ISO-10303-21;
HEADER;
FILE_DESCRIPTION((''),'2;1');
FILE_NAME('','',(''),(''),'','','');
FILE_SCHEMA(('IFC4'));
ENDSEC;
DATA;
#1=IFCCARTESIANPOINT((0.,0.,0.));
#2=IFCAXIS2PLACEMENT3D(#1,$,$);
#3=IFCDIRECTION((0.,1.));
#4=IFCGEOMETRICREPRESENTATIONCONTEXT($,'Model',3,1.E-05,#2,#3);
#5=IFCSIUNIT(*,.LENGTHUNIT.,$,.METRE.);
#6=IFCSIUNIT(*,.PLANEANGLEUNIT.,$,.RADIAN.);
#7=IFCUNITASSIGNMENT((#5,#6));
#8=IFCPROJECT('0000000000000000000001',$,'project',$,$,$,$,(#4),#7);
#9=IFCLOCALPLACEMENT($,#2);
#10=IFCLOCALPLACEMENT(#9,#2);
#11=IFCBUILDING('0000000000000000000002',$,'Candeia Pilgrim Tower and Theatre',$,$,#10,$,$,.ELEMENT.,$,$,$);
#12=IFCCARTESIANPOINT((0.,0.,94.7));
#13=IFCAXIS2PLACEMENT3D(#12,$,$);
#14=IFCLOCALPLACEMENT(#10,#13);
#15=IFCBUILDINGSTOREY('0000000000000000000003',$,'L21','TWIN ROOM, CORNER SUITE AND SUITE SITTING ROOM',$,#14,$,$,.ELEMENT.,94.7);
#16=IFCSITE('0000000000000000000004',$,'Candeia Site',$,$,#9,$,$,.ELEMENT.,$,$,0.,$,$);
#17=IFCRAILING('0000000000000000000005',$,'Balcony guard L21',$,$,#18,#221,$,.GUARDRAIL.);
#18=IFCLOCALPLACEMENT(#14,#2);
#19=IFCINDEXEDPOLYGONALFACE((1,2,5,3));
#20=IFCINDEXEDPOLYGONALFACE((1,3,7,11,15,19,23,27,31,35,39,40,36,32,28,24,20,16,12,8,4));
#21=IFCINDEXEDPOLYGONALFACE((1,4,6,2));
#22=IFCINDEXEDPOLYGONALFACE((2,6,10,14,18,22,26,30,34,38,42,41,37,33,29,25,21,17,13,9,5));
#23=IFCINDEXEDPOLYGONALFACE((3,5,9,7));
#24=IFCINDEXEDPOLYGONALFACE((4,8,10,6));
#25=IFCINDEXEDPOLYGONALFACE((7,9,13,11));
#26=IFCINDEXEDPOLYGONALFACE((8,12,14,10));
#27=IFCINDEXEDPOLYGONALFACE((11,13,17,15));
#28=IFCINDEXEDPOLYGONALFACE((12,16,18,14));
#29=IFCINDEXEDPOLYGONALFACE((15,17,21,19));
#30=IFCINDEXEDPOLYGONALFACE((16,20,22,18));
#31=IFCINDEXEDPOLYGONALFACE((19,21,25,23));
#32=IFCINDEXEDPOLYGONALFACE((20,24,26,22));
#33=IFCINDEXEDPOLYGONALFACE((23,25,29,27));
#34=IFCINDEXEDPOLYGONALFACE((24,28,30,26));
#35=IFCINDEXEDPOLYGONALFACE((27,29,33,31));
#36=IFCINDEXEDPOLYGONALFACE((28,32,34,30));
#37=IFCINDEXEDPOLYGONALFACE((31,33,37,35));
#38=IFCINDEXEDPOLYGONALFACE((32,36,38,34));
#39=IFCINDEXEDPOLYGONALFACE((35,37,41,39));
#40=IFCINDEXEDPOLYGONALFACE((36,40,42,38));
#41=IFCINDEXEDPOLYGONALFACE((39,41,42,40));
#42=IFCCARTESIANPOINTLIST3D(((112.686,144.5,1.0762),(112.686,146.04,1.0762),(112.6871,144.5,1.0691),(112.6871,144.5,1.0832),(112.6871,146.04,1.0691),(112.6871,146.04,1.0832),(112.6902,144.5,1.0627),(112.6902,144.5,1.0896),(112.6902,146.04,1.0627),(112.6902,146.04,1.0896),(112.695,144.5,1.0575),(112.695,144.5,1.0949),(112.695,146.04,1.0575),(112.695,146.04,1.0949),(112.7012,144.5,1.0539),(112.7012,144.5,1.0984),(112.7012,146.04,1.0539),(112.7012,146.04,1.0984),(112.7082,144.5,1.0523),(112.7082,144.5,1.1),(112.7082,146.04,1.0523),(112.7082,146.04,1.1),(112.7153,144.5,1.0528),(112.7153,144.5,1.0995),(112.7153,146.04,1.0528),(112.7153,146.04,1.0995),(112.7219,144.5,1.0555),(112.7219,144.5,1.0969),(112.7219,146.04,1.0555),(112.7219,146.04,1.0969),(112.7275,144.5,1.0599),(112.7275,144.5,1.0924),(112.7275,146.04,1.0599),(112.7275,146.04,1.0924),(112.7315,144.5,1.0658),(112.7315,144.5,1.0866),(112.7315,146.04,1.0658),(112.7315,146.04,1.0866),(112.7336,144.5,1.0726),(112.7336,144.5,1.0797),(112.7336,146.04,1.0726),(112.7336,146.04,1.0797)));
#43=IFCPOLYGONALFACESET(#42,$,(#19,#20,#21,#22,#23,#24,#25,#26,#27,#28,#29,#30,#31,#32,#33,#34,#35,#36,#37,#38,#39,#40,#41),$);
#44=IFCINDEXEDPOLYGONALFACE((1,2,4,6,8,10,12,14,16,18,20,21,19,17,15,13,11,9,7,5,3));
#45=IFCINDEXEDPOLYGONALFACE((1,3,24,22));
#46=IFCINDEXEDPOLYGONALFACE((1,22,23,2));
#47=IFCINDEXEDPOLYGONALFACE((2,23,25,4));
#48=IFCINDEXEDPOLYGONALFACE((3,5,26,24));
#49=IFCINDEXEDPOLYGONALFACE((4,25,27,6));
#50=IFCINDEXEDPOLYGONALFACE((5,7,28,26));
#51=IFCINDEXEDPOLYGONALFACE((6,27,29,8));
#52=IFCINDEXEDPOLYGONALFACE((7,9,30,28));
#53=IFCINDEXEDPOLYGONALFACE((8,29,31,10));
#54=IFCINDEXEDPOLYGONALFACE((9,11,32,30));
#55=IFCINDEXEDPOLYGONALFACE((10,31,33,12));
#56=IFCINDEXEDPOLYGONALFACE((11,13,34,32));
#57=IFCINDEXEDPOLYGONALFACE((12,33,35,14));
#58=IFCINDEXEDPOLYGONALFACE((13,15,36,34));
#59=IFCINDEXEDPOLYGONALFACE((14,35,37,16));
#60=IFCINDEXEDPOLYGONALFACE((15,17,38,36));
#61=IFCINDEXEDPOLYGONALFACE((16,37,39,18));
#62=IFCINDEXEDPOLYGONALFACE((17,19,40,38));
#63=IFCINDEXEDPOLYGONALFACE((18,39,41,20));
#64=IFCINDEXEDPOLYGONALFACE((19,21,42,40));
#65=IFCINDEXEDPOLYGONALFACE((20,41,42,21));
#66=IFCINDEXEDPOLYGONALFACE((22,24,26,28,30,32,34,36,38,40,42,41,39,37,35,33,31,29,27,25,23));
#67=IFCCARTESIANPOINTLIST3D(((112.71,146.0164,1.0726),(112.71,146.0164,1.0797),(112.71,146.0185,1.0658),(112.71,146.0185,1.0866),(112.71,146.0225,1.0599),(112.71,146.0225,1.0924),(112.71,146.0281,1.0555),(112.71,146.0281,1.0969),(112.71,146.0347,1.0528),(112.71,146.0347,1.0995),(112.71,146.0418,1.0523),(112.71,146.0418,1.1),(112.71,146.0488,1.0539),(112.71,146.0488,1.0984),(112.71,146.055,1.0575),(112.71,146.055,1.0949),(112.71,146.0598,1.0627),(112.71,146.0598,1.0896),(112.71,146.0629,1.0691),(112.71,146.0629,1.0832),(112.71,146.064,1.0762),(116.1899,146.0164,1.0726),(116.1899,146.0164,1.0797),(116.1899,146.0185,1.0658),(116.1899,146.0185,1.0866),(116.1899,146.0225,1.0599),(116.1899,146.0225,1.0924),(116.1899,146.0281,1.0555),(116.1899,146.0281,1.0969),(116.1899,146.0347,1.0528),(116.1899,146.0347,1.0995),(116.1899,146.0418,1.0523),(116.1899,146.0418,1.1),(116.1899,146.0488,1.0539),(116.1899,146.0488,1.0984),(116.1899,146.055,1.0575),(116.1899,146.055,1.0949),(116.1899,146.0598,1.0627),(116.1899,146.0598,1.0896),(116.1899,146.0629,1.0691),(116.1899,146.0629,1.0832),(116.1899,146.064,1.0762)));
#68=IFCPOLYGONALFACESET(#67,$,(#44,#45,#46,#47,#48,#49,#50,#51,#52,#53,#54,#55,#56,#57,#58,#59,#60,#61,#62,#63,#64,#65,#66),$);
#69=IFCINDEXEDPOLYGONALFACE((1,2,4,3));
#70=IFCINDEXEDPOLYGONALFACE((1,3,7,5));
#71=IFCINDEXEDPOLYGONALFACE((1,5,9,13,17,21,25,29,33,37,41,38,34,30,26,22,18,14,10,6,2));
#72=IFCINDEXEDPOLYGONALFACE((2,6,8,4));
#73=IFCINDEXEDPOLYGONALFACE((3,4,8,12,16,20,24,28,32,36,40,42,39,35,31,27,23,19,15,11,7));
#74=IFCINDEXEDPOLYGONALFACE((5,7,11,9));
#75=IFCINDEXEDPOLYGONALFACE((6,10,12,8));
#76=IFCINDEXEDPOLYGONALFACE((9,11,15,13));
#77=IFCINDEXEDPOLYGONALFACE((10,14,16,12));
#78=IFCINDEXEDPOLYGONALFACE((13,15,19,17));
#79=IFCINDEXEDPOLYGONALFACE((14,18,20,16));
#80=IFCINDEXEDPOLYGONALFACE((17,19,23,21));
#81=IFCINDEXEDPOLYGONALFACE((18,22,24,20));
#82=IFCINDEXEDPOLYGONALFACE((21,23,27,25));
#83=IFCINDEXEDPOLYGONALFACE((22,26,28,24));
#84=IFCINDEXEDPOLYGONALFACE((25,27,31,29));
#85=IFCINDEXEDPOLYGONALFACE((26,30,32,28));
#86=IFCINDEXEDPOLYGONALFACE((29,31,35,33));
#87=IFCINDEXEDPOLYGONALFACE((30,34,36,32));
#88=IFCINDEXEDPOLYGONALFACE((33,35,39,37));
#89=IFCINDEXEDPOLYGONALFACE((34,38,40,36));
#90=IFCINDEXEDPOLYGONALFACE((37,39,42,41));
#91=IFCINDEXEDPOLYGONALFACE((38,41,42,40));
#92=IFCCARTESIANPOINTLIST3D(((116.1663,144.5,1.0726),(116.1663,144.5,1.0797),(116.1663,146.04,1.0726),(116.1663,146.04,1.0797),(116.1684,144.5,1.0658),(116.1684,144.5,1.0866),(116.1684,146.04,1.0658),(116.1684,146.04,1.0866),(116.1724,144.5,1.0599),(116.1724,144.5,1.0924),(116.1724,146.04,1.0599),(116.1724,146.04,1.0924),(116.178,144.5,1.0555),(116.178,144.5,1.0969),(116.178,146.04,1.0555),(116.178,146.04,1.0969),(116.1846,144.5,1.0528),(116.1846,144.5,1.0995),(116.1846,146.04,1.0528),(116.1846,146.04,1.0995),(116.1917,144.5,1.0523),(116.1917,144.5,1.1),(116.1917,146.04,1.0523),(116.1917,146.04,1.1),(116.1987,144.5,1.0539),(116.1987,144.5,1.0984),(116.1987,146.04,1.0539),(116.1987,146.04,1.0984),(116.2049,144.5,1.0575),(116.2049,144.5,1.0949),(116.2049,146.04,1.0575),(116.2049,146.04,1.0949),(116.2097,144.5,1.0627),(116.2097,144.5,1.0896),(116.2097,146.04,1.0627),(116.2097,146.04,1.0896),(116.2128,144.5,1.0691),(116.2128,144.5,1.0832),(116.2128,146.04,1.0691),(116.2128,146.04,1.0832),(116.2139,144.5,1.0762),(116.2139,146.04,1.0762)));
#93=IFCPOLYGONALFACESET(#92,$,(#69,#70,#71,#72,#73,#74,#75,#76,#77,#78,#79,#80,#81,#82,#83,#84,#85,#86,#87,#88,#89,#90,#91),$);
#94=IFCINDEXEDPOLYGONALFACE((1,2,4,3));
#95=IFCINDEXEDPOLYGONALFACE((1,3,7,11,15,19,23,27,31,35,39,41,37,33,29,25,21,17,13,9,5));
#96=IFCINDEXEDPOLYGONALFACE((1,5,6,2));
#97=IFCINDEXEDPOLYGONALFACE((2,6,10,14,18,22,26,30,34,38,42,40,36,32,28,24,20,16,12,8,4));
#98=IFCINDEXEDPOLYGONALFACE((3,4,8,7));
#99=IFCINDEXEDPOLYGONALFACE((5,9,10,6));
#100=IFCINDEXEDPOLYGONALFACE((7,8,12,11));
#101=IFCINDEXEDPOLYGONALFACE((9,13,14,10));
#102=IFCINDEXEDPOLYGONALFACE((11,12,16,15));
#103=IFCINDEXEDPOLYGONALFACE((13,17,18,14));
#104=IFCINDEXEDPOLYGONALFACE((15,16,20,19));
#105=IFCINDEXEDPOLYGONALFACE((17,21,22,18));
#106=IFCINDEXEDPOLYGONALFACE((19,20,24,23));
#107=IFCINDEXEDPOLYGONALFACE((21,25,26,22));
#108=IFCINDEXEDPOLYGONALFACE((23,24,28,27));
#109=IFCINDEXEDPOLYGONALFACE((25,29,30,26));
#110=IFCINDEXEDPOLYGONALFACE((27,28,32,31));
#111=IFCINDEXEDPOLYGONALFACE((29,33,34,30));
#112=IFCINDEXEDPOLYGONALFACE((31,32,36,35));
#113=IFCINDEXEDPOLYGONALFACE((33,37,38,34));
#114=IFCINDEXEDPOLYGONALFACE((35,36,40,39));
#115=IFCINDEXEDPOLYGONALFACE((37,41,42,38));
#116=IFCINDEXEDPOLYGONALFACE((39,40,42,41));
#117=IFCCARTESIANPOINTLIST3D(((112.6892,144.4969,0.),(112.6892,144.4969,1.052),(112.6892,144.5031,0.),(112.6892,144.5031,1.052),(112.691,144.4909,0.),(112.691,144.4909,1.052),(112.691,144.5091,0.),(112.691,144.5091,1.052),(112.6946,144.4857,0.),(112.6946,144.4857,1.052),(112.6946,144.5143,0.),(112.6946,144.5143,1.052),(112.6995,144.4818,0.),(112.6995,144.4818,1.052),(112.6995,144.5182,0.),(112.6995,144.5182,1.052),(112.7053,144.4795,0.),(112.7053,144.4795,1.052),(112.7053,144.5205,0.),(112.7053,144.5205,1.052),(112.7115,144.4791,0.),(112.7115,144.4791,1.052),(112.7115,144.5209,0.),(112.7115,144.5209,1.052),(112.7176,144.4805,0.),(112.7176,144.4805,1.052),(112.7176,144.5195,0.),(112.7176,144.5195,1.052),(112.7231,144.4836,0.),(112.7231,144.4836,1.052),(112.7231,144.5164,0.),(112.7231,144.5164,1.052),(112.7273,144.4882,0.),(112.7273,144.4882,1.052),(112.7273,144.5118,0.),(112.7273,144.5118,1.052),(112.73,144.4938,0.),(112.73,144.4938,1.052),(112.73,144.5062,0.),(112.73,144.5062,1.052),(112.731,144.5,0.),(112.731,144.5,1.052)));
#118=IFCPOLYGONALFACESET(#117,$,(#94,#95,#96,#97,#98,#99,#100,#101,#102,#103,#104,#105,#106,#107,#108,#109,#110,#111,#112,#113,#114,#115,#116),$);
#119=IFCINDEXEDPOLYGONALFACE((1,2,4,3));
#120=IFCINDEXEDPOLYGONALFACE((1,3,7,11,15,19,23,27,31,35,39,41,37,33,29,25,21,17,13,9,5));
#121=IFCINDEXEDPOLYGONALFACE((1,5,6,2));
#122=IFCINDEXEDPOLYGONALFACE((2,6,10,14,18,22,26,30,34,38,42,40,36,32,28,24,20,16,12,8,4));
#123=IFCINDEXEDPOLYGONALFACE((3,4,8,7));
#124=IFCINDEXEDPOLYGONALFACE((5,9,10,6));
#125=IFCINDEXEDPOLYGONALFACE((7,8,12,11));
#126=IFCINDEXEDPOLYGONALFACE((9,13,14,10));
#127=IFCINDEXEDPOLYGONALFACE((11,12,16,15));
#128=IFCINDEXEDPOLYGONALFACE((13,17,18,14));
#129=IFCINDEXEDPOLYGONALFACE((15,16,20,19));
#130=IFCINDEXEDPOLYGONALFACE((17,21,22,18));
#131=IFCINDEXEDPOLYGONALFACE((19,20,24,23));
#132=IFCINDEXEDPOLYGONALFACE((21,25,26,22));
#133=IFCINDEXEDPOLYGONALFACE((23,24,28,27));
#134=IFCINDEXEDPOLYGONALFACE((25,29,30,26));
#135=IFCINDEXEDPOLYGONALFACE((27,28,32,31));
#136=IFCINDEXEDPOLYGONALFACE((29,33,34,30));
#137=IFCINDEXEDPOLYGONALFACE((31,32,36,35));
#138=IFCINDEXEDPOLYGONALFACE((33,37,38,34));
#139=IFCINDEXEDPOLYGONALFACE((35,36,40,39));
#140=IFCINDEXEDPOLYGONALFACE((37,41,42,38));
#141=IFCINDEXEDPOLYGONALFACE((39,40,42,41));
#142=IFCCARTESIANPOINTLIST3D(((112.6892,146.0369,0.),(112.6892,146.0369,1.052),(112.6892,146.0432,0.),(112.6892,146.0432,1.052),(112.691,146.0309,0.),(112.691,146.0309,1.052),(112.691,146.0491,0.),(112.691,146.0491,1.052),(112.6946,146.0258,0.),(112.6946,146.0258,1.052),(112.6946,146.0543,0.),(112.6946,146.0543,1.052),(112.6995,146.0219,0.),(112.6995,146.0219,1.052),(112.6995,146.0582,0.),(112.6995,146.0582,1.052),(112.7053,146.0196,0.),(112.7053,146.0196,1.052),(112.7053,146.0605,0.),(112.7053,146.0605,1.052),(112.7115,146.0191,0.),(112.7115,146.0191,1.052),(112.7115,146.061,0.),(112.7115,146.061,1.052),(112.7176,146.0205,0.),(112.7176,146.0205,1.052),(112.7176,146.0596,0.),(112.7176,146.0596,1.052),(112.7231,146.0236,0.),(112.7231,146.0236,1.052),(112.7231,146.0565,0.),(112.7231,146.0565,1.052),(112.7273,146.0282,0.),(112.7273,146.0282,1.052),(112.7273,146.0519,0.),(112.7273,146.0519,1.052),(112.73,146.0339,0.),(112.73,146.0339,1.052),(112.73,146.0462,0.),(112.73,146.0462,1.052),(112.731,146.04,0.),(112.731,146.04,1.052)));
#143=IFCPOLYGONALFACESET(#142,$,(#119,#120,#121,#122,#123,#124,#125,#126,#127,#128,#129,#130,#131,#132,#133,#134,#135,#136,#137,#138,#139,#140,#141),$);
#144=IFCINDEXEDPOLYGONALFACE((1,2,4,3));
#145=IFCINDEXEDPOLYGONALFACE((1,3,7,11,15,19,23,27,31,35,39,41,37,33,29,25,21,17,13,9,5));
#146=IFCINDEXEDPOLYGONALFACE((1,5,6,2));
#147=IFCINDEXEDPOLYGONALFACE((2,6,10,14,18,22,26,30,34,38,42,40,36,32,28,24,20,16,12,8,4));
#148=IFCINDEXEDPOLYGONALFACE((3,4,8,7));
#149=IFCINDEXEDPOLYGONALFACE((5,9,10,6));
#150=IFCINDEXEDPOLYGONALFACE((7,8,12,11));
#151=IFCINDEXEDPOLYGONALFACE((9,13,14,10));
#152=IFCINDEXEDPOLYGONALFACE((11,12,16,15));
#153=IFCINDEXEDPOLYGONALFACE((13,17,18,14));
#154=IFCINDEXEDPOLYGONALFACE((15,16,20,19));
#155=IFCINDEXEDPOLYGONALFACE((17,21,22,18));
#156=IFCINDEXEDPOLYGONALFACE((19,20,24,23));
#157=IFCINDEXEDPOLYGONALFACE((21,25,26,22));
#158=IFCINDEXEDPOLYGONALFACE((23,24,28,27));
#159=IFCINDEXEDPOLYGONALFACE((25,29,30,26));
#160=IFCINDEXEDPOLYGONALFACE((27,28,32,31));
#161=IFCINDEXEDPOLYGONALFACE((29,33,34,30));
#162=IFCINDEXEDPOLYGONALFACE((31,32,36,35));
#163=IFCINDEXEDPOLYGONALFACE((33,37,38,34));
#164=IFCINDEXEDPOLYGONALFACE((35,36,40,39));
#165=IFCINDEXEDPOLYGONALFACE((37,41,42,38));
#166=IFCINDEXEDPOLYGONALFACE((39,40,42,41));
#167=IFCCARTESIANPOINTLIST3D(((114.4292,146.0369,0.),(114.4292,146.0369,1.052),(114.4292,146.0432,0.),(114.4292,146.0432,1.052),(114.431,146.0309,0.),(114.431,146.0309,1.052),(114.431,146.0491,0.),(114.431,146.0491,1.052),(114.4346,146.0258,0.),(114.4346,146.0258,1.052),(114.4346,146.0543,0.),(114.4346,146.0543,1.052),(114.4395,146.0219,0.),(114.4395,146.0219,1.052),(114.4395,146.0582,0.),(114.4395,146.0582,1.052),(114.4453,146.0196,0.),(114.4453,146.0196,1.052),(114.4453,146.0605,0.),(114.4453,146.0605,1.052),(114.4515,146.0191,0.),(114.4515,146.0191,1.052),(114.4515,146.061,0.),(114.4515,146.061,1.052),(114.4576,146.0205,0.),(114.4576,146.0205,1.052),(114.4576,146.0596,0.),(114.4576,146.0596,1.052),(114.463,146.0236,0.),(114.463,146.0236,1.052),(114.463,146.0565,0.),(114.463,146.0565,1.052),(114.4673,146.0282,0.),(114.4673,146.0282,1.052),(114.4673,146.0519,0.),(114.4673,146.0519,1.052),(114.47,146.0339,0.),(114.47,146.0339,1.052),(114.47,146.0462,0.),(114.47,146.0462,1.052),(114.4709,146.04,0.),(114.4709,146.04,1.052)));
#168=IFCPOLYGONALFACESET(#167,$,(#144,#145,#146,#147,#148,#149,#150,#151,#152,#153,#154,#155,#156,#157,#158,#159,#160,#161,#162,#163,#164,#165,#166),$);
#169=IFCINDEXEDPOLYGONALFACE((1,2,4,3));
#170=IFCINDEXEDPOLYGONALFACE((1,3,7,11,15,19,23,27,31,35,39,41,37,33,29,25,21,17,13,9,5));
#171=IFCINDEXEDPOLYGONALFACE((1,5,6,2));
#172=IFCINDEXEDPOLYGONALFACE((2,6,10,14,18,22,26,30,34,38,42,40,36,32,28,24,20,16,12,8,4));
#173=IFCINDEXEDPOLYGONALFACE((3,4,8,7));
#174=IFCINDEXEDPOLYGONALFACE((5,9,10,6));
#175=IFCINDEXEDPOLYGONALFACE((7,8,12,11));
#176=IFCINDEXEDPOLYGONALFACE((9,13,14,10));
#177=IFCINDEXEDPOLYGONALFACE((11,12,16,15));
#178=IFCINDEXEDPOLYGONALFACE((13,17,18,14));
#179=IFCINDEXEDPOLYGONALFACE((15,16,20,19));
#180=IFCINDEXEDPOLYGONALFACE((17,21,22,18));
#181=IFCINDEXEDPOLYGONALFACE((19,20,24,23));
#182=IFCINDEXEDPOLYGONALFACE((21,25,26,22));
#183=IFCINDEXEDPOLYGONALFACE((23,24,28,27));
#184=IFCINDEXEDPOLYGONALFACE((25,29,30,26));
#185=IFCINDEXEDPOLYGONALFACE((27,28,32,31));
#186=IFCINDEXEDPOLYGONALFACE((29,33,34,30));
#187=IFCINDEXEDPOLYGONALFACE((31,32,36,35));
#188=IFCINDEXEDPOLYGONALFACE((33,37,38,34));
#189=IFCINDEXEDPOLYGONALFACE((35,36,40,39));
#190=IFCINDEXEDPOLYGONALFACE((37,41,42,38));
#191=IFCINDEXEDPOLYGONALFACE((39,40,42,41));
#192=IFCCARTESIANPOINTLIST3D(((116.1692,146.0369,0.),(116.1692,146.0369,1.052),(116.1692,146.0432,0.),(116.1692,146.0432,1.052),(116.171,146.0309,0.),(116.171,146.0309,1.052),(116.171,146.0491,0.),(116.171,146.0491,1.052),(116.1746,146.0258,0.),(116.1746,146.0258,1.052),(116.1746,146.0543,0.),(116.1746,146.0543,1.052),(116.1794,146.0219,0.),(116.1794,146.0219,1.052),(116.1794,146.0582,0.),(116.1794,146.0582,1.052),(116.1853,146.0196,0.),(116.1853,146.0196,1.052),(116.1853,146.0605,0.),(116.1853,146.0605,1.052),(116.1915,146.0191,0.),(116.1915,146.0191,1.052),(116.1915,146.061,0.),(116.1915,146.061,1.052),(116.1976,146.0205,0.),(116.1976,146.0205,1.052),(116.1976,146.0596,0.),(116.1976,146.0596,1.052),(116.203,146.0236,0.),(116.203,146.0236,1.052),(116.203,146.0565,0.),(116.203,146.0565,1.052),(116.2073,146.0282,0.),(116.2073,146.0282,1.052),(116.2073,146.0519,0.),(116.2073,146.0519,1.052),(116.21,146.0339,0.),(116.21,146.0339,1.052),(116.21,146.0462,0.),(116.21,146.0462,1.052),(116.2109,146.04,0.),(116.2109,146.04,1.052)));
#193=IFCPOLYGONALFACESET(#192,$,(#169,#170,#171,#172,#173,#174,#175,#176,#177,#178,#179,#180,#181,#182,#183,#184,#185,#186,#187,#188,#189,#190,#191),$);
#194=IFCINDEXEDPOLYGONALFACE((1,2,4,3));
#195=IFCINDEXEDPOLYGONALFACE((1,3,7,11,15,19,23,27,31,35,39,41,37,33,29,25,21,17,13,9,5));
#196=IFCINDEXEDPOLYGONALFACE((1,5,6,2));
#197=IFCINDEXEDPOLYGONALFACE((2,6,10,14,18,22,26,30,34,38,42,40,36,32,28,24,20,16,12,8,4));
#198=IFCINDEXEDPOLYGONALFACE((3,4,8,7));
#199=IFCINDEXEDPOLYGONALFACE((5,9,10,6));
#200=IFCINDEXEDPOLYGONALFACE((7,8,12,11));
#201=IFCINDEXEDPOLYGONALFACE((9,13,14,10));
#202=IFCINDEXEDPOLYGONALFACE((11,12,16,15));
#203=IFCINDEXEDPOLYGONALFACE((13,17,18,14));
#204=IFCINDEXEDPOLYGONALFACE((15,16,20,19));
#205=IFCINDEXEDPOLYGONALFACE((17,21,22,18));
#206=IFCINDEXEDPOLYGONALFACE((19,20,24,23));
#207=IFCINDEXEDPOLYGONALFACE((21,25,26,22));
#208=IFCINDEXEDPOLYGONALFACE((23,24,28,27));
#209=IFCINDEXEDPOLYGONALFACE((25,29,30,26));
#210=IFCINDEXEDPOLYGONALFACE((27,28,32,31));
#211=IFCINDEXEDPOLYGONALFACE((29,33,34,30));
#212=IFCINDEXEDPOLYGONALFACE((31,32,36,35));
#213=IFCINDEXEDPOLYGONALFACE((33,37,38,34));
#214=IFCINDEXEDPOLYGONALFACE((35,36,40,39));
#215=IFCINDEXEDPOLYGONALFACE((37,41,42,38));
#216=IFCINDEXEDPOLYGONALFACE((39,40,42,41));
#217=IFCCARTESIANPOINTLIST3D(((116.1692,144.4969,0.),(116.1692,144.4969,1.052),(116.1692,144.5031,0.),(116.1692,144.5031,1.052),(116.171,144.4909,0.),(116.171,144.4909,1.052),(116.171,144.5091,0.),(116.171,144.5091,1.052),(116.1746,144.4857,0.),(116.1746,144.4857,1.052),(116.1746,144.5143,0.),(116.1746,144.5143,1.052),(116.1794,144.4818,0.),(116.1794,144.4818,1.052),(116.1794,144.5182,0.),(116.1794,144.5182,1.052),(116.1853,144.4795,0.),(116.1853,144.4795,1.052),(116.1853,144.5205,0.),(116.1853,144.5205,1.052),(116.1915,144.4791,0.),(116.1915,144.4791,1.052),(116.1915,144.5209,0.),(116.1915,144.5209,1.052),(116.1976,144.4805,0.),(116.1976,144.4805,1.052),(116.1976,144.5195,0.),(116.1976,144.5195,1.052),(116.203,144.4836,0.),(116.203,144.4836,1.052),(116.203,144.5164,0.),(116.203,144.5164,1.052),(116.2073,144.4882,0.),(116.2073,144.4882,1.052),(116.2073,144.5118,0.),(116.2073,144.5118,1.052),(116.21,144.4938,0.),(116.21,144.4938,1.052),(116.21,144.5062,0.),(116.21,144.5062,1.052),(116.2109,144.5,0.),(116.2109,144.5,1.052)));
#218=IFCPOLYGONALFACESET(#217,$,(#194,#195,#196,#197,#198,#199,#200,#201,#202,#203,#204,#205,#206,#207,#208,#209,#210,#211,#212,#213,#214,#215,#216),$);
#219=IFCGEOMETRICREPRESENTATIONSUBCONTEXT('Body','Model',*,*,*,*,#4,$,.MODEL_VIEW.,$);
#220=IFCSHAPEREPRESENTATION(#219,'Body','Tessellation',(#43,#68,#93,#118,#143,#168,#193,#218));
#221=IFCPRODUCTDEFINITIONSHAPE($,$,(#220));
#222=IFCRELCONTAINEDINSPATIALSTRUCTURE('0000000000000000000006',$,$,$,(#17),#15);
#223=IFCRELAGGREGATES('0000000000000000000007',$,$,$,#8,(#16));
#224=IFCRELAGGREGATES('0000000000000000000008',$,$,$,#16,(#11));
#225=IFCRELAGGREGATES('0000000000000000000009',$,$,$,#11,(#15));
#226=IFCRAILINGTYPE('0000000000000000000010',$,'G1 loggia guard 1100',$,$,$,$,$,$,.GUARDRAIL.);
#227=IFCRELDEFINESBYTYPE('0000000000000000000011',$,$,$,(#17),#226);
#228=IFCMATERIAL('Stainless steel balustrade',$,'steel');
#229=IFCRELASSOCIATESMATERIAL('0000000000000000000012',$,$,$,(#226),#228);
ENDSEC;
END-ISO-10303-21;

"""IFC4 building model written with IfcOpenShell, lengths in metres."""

from ifc_helpers import new_model, si_unit, direction, frame, origin, origin_2d, place, context, subcontext, project, spatial, circle, extrude, material, type_object, element, save


model = new_model("IFC4")

# Units and contexts
model_context = context("Model", 3, precision=1e-05, world=origin(), true_north=direction((0.0, 1.0)))
body_context = subcontext(model_context, "Body", "Model", "MODEL_VIEW")
ifc_project = project(units=[si_unit("LENGTHUNIT", "METRE"), si_unit("PLANEANGLEUNIT", "RADIAN")], contexts=[model_context])

# Site, building, storey
site_placement = place(None, origin())
site = spatial("IfcSite", under=ifc_project, at=site_placement, Name="Candeia Site", CompositionType="ELEMENT", RefElevation=0.0)
building_placement = place(site_placement, origin())
building = spatial("IfcBuilding", under=site, at=building_placement, Name="Candeia Pilgrim Tower and Theatre", CompositionType="ELEMENT")
storey_placement = place(building_placement, frame((0.0, 0.0, 94.7)))
storey = spatial("IfcBuildingStorey", under=building, at=storey_placement, Name="L21", Description="TWIN ROOM, CORNER SUITE AND SUITE SITTING ROOM", CompositionType="ELEMENT", Elevation=94.7)

# Railing
ifc_material_1 = material(Name="Stainless steel balustrade", Category="steel")
railing_type = type_object("IfcRailingType", Name="G1 loggia guard 1100", PredefinedType="GUARDRAIL", material=ifc_material_1)
railing_1_placement = place(storey_placement, frame((112.71, 144.5, 0.0)))
element("IfcRailing", 1, at=railing_1_placement, inside=storey, type_object=railing_type, Name="Balcony guard L21", PredefinedType="GUARDRAIL", context=body_context, shape_type="SweptSolid", body=[
    extrude(circle(Radius=0.0239, at=origin_2d()), frame((0.0, 0.0, 1.0762), z_axis=(0.0, 1.0, 0.0), x_axis=(-1.0, 0.0, 0.0)), (0.0, 0.0, 1.0), 1.54),
    extrude(circle(Radius=0.0239, at=origin_2d()), frame((0.0, 1.54, 1.0762), z_axis=(1.0, 0.0, 0.0), x_axis=(0.0, 1.0, 0.0)), (0.0, 0.0, 1.0), 3.48),
    extrude(circle(Radius=0.0239, at=origin_2d()), frame((3.48, 1.54, 1.0762), z_axis=(0.0, -1.0, 0.0), x_axis=(1.0, 0.0, 0.0)), (0.0, 0.0, 1.0), 1.54),
    extrude(circle(Radius=0.021, at=origin_2d()), origin(), (0.0, 0.0, 1.0), 1.052),
    extrude(circle(Radius=0.021, at=origin_2d()), frame((0.0, 1.54, 0.0)), (0.0, 0.0, 1.0), 1.052),
    extrude(circle(Radius=0.021, at=origin_2d()), frame((1.74, 1.54, 0.0)), (0.0, 0.0, 1.0), 1.052),
    extrude(circle(Radius=0.021, at=origin_2d()), frame((3.48, 1.54, 0.0)), (0.0, 0.0, 1.0), 1.052),
    extrude(circle(Radius=0.021, at=origin_2d()), frame((3.48, 0.0, 0.0)), (0.0, 0.0, 1.0), 1.052),
])

save(model, "model.ifc")
